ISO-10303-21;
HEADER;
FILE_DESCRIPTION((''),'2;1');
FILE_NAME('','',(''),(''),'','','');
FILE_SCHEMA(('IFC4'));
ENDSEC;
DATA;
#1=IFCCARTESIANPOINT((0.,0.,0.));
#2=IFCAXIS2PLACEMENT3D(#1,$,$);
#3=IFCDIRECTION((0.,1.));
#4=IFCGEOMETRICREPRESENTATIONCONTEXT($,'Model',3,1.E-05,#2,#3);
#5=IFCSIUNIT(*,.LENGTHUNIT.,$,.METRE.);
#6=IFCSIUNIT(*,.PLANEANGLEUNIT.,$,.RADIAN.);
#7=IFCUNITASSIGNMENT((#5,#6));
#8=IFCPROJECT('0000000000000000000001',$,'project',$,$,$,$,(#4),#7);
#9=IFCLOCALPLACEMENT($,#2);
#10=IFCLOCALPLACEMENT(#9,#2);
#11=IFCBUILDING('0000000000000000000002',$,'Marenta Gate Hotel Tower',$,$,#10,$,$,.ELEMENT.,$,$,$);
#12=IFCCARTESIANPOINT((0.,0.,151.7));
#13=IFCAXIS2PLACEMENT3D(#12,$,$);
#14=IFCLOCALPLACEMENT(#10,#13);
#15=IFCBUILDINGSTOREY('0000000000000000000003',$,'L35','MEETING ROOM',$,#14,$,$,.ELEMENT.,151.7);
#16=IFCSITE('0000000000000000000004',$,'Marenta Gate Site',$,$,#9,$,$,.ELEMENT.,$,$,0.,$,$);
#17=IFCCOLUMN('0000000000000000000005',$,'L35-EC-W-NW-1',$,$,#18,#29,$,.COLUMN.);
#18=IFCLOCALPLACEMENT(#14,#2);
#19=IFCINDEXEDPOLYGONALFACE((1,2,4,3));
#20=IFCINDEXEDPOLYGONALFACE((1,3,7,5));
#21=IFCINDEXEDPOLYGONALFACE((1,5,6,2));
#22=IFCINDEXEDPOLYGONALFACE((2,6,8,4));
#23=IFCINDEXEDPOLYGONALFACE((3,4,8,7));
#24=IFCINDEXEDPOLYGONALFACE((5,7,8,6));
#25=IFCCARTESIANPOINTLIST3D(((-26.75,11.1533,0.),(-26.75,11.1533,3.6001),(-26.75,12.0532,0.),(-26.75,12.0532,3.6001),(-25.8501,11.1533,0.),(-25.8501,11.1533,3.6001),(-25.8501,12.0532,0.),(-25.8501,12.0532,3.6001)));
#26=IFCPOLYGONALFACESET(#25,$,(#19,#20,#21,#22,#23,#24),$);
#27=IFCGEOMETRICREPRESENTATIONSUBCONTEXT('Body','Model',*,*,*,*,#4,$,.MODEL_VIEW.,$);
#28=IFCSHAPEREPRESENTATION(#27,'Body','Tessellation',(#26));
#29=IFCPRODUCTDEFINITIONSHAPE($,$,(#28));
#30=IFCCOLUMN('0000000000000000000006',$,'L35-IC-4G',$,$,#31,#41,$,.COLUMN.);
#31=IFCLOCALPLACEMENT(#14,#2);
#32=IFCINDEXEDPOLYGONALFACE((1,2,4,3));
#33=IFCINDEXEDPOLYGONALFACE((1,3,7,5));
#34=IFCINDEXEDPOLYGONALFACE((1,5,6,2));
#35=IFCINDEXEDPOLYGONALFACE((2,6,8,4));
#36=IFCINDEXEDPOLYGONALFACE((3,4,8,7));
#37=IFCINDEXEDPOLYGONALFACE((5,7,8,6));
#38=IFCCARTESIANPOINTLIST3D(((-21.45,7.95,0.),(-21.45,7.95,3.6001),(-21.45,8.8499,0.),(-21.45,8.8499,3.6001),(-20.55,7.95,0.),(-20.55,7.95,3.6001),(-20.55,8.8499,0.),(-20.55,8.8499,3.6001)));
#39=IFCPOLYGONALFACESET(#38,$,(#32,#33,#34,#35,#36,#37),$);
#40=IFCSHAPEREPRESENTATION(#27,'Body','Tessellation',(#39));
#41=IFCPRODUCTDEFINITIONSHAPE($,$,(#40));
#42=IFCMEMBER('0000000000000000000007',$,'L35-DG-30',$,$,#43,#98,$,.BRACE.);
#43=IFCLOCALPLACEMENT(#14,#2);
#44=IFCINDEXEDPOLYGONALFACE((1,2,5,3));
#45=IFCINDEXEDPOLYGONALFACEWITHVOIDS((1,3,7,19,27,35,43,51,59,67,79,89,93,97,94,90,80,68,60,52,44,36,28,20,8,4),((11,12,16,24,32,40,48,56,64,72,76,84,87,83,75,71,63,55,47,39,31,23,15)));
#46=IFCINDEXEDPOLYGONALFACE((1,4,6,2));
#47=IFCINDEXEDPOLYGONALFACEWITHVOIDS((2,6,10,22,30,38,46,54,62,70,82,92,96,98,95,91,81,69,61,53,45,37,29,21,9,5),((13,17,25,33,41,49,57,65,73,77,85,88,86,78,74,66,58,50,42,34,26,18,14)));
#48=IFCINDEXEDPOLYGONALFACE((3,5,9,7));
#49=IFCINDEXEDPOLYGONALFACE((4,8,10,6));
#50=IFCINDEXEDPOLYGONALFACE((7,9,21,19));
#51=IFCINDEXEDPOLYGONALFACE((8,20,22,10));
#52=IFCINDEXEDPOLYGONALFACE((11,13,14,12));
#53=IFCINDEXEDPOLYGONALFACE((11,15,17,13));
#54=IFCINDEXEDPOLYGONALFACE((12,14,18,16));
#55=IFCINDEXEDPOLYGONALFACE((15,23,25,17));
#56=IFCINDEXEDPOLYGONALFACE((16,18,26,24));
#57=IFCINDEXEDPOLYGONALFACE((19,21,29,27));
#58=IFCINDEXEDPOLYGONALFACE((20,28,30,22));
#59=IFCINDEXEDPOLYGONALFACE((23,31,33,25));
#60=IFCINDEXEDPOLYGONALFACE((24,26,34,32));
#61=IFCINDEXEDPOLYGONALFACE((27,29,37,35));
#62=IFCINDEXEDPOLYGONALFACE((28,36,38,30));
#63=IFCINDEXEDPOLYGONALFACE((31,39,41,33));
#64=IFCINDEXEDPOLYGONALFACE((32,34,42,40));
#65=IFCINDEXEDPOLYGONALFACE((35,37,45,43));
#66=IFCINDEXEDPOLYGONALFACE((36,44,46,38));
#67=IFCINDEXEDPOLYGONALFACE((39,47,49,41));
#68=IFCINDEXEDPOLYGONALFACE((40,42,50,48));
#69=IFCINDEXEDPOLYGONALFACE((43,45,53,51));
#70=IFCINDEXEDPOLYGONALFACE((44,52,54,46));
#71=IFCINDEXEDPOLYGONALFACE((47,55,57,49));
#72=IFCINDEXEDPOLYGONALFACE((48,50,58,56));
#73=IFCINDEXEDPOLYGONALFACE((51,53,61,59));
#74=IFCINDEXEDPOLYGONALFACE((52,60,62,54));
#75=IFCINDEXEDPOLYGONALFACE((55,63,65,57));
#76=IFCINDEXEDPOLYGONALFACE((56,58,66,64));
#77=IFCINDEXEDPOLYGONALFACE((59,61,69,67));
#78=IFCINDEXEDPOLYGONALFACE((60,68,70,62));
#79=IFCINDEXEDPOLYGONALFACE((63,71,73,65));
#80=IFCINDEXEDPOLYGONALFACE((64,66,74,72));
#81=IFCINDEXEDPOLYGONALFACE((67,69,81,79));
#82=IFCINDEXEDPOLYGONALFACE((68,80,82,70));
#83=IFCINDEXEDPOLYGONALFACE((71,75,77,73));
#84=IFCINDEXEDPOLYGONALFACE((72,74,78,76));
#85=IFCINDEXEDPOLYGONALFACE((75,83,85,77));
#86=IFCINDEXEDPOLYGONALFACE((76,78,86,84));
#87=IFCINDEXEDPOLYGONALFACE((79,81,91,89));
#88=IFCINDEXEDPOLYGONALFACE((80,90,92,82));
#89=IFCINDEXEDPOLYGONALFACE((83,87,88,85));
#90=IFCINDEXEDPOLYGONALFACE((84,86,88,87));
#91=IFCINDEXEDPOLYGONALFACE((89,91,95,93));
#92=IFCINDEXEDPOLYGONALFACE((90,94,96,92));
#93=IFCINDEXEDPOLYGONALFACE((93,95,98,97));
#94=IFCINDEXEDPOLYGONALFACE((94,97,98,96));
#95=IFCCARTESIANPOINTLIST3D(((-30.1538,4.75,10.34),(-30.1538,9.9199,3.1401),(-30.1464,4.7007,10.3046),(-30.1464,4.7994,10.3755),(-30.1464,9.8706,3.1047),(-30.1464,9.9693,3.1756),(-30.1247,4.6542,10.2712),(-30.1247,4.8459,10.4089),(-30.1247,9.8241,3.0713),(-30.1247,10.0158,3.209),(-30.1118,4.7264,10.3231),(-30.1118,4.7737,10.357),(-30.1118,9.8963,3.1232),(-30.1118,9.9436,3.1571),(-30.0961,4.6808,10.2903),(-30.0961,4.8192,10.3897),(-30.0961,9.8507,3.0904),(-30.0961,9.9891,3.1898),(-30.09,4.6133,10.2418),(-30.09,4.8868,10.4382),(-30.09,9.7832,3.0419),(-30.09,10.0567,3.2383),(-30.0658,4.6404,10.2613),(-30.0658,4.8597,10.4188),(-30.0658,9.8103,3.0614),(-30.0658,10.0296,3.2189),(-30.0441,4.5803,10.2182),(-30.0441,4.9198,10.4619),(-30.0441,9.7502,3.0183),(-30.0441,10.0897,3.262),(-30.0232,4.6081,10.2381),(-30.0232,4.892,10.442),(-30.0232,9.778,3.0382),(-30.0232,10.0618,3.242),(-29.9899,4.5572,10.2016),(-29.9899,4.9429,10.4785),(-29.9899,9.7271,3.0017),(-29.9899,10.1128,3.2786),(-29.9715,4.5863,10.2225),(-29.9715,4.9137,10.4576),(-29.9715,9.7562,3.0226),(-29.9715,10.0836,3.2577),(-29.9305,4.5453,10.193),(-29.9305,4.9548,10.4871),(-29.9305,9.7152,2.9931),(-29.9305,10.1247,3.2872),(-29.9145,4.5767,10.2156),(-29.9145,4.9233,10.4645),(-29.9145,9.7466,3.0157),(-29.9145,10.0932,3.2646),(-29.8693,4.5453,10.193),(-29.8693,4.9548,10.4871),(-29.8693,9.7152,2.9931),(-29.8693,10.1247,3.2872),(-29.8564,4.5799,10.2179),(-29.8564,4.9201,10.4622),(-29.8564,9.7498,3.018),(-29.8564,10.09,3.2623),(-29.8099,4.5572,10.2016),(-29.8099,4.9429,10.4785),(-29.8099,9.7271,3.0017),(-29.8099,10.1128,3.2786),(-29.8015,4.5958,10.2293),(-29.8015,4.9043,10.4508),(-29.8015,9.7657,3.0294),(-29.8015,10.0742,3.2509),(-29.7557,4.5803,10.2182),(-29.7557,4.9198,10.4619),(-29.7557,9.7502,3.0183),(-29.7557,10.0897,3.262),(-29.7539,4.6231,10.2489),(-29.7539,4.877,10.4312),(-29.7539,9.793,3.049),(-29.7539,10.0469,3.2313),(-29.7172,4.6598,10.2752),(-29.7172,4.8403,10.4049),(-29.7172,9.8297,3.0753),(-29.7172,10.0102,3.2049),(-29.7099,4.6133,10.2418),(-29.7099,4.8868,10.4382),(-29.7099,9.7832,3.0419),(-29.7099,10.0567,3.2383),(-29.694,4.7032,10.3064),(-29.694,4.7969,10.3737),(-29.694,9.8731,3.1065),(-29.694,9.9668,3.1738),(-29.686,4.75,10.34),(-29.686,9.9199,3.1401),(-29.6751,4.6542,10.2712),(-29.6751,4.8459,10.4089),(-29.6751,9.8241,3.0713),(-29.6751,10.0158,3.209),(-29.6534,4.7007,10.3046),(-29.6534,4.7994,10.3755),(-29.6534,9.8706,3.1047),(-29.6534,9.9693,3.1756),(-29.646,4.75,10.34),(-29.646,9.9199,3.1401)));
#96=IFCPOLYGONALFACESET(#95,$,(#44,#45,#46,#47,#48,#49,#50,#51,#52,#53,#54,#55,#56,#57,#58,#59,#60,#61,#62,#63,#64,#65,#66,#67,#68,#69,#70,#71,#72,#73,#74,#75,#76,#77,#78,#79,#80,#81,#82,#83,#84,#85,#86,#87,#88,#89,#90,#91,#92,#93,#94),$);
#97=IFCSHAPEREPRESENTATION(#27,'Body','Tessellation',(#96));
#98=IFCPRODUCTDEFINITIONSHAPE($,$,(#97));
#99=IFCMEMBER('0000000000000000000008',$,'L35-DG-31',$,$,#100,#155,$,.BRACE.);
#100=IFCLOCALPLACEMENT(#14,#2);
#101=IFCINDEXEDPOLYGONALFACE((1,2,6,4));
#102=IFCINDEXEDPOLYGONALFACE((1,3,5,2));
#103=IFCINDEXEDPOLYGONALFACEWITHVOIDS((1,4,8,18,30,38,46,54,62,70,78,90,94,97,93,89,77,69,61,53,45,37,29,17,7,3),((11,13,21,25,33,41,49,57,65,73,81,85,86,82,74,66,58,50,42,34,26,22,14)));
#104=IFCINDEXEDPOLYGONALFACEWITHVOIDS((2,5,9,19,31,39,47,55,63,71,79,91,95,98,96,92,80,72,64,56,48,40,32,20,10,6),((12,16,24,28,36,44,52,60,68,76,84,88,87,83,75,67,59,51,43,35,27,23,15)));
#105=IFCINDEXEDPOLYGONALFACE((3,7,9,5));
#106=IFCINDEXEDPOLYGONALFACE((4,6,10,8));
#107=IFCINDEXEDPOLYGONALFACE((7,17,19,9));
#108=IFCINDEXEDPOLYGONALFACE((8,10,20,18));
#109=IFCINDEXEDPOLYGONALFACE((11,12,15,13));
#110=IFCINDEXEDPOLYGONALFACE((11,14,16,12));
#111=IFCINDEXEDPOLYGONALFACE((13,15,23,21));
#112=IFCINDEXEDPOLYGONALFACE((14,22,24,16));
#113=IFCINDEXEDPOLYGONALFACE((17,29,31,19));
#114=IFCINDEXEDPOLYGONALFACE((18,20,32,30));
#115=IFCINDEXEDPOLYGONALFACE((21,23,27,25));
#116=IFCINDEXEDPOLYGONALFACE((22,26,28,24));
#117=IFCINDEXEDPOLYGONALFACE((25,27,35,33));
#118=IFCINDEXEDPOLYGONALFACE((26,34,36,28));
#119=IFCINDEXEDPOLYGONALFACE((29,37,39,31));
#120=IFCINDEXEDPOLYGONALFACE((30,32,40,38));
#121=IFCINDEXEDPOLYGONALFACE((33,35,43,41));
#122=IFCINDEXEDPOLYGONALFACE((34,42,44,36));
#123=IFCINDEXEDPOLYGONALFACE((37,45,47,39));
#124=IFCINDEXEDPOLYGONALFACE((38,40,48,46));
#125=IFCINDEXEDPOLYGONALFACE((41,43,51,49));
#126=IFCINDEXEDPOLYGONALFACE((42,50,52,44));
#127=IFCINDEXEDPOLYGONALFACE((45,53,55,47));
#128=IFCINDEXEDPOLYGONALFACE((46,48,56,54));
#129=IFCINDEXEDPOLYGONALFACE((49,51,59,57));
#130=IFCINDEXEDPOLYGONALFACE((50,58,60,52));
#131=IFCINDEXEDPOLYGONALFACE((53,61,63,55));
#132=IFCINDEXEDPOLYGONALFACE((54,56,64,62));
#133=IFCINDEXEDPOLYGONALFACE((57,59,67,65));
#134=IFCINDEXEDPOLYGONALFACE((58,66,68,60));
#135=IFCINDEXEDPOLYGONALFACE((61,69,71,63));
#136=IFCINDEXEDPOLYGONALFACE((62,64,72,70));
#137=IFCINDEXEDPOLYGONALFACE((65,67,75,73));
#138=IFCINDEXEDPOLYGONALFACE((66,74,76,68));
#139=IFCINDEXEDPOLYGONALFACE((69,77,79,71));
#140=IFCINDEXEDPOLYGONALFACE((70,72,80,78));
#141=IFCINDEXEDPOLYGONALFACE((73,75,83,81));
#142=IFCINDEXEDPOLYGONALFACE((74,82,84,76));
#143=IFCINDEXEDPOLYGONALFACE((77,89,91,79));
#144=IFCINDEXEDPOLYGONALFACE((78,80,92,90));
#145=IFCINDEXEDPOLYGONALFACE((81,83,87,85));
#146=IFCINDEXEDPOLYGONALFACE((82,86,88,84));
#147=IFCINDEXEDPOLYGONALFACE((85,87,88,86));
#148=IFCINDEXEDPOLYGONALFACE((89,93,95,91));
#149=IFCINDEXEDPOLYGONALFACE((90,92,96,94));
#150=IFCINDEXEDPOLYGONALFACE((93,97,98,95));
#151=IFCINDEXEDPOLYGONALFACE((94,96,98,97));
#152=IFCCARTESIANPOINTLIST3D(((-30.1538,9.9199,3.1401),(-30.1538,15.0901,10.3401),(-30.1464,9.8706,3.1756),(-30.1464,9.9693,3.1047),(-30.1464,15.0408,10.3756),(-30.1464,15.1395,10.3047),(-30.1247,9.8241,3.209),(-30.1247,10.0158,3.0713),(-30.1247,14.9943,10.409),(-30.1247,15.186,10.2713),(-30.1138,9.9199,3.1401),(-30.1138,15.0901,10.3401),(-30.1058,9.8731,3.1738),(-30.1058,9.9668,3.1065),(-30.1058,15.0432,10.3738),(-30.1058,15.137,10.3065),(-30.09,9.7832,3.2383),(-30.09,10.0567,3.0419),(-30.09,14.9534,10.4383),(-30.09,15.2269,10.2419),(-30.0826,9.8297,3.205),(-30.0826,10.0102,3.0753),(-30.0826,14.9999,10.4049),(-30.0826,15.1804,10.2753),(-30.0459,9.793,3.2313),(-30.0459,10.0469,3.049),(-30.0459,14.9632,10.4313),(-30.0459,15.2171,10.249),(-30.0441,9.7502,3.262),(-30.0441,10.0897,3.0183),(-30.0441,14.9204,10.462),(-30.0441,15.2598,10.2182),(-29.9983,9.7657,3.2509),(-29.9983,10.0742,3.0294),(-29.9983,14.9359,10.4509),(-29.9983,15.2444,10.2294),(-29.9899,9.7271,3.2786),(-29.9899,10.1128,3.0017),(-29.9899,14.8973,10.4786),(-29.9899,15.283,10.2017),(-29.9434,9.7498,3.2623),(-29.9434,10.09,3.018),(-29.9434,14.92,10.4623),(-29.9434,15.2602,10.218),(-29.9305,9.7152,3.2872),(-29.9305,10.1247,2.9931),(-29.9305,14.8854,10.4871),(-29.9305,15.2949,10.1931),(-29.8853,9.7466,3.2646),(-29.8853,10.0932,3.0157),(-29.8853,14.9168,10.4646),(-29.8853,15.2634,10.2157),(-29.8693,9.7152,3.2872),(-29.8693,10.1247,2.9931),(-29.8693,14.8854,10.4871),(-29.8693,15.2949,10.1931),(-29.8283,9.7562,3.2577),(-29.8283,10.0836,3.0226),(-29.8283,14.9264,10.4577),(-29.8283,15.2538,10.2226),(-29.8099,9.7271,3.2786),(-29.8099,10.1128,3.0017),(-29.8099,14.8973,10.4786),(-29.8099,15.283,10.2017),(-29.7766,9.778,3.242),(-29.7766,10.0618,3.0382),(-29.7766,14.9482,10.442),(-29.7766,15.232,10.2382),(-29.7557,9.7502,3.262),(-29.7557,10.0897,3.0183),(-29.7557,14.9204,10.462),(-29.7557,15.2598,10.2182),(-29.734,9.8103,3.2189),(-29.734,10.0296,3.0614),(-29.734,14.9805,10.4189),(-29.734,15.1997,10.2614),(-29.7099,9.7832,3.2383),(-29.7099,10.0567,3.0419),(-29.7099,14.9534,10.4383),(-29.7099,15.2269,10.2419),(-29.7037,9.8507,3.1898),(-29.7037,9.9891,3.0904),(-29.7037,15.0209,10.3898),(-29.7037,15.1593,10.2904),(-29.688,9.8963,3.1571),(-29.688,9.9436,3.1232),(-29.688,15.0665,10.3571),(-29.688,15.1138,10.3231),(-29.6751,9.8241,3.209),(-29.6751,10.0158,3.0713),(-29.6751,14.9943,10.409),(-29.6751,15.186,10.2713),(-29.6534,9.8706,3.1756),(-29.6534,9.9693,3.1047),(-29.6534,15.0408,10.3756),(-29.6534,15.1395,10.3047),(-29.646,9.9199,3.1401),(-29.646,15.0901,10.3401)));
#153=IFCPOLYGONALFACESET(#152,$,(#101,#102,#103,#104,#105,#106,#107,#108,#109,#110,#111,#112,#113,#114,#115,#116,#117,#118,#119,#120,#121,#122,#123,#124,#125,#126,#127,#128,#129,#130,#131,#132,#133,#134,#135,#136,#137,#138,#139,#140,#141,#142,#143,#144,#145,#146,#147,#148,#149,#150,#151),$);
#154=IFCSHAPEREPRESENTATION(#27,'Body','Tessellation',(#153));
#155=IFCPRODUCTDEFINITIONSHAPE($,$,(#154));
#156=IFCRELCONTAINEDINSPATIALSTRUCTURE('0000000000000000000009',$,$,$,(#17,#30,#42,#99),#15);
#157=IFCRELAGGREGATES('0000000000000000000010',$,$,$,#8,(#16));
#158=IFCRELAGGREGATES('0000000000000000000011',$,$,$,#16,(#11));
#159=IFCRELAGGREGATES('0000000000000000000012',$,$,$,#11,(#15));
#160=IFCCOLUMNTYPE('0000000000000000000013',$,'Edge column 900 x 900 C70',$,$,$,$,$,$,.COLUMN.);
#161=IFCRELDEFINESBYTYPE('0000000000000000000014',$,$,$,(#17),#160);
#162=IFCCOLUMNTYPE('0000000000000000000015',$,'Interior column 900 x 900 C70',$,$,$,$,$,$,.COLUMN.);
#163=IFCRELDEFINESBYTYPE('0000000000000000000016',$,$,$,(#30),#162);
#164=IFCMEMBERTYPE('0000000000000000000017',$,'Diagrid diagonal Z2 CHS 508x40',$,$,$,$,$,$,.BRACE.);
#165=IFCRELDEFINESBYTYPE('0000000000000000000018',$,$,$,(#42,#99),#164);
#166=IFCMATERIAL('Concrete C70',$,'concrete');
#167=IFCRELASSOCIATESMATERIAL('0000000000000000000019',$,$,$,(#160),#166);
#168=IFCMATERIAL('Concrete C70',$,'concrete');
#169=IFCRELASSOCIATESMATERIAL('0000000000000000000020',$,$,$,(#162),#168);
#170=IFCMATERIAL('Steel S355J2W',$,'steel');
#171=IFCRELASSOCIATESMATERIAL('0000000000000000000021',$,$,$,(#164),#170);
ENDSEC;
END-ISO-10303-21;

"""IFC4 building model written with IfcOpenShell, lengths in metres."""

from ifc_helpers import new_model, si_unit, direction, frame, origin, origin_2d, place, context, subcontext, project, spatial, rectangle, hollow_circle, extrude, material, material_profile, profile_set, type_object, element, save


model = new_model("IFC4")

# Units and contexts
model_context = context("Model", 3, precision=1e-05, world=origin(), true_north=direction((0.0, 1.0)))
body_context = subcontext(model_context, "Body", "Model", "MODEL_VIEW")
ifc_project = project(units=[si_unit("LENGTHUNIT", "METRE"), si_unit("PLANEANGLEUNIT", "RADIAN")], contexts=[model_context])

# Site, building, storey
site_placement = place(None, origin())
site = spatial("IfcSite", under=ifc_project, at=site_placement, Name="Marenta Gate Site", CompositionType="ELEMENT", RefElevation=0.0)
building_placement = place(site_placement, origin())
building = spatial("IfcBuilding", under=site, at=building_placement, Name="Marenta Gate Hotel Tower", CompositionType="ELEMENT")
storey_placement = place(building_placement, frame((0.0, 0.0, 151.7)))
storey = spatial("IfcBuildingStorey", under=building, at=storey_placement, Name="L35", Description="MEETING ROOM", CompositionType="ELEMENT", Elevation=151.7)

# Columns
ifc_material_1 = material(Name="Concrete C70", Category="concrete")
ifc_material_profile_1 = material_profile(ifc_material_1, rectangle(XDim=0.8999, YDim=0.8999, at=origin_2d()), Name="900 x 900")
ifc_profile_set_1 = profile_set([ifc_material_profile_1], Name="Concrete C70")
column_type_1 = type_object("IfcColumnType", Name="Edge column 900 x 900 C70", PredefinedType="COLUMN", material=ifc_profile_set_1)
column_1_placement = place(storey_placement, frame((-26.3, 11.6033, 0.0), z_axis=(0.0, 0.0, 1.0), x_axis=(1.0, 0.0, 0.0)))
element("IfcColumn", 1, at=column_1_placement, inside=storey, type_object=column_type_1, Name="L35-EC-W-NW-1", PredefinedType="COLUMN", context=body_context, shape_type="SweptSolid", body=[
    extrude(rectangle(XDim=0.8999, YDim=0.8999, at=origin_2d()), origin(), (0.0, 0.0, 1.0), 3.6001),
])
ifc_material_2 = material(Name="Concrete C70", Category="concrete")
ifc_material_profile_2 = material_profile(ifc_material_2, rectangle(XDim=0.8999, YDim=0.8999, at=origin_2d()), Name="900 x 900")
ifc_profile_set_2 = profile_set([ifc_material_profile_2], Name="Concrete C70")
column_type_2 = type_object("IfcColumnType", Name="Interior column 900 x 900 C70", PredefinedType="COLUMN", material=ifc_profile_set_2)
column_2_placement = place(storey_placement, frame((-21.0, 8.3999, 0.0), z_axis=(0.0, 0.0, 1.0), x_axis=(1.0, 0.0, 0.0)))
element("IfcColumn", 2, at=column_2_placement, inside=storey, type_object=column_type_2, Name="L35-IC-4G", PredefinedType="COLUMN", context=body_context, shape_type="SweptSolid", body=[
    extrude(rectangle(XDim=0.8999, YDim=0.8999, at=origin_2d()), origin(), (0.0, 0.0, 1.0), 3.6001),
])

# Members
ifc_material_3 = material(Name="Steel S355J2W", Category="steel")
ifc_material_profile_3 = material_profile(ifc_material_3, hollow_circle(Radius=0.2539, WallThickness=0.04, at=origin_2d()), Name="CHS 508x40")
ifc_profile_set_3 = profile_set([ifc_material_profile_3], Name="Steel S355J2W")
member_type_1 = type_object("IfcMemberType", Name="Diagrid diagonal Z2 CHS 508x40", PredefinedType="BRACE", material=ifc_profile_set_3)
member_1_placement = place(storey_placement, frame((-29.8999, 9.9199, 3.1401), z_axis=(0.0, -0.583261, 0.812285), x_axis=(1.0, 0.0, 0.0)))
element("IfcMember", 3, at=member_1_placement, inside=storey, type_object=member_type_1, Name="L35-DG-30", PredefinedType="BRACE", context=body_context, shape_type="SweptSolid", body=[
    extrude(hollow_circle(Radius=0.2539, WallThickness=0.04, at=origin_2d()), origin(), (0.0, 0.0, 1.0), 8.8638),
])
member_2_placement = place(storey_placement, frame((-29.8999, 9.9199, 3.1401), z_axis=(0.0, 0.583279, 0.812272), x_axis=(-1.0, 0.0, 0.0)))
element("IfcMember", 4, at=member_2_placement, inside=storey, type_object=member_type_1, Name="L35-DG-31", PredefinedType="BRACE", context=body_context, shape_type="SweptSolid", body=[
    extrude(hollow_circle(Radius=0.2539, WallThickness=0.04, at=origin_2d()), origin(), (0.0, 0.0, 1.0), 8.864),
])

save(model, "model.ifc")
